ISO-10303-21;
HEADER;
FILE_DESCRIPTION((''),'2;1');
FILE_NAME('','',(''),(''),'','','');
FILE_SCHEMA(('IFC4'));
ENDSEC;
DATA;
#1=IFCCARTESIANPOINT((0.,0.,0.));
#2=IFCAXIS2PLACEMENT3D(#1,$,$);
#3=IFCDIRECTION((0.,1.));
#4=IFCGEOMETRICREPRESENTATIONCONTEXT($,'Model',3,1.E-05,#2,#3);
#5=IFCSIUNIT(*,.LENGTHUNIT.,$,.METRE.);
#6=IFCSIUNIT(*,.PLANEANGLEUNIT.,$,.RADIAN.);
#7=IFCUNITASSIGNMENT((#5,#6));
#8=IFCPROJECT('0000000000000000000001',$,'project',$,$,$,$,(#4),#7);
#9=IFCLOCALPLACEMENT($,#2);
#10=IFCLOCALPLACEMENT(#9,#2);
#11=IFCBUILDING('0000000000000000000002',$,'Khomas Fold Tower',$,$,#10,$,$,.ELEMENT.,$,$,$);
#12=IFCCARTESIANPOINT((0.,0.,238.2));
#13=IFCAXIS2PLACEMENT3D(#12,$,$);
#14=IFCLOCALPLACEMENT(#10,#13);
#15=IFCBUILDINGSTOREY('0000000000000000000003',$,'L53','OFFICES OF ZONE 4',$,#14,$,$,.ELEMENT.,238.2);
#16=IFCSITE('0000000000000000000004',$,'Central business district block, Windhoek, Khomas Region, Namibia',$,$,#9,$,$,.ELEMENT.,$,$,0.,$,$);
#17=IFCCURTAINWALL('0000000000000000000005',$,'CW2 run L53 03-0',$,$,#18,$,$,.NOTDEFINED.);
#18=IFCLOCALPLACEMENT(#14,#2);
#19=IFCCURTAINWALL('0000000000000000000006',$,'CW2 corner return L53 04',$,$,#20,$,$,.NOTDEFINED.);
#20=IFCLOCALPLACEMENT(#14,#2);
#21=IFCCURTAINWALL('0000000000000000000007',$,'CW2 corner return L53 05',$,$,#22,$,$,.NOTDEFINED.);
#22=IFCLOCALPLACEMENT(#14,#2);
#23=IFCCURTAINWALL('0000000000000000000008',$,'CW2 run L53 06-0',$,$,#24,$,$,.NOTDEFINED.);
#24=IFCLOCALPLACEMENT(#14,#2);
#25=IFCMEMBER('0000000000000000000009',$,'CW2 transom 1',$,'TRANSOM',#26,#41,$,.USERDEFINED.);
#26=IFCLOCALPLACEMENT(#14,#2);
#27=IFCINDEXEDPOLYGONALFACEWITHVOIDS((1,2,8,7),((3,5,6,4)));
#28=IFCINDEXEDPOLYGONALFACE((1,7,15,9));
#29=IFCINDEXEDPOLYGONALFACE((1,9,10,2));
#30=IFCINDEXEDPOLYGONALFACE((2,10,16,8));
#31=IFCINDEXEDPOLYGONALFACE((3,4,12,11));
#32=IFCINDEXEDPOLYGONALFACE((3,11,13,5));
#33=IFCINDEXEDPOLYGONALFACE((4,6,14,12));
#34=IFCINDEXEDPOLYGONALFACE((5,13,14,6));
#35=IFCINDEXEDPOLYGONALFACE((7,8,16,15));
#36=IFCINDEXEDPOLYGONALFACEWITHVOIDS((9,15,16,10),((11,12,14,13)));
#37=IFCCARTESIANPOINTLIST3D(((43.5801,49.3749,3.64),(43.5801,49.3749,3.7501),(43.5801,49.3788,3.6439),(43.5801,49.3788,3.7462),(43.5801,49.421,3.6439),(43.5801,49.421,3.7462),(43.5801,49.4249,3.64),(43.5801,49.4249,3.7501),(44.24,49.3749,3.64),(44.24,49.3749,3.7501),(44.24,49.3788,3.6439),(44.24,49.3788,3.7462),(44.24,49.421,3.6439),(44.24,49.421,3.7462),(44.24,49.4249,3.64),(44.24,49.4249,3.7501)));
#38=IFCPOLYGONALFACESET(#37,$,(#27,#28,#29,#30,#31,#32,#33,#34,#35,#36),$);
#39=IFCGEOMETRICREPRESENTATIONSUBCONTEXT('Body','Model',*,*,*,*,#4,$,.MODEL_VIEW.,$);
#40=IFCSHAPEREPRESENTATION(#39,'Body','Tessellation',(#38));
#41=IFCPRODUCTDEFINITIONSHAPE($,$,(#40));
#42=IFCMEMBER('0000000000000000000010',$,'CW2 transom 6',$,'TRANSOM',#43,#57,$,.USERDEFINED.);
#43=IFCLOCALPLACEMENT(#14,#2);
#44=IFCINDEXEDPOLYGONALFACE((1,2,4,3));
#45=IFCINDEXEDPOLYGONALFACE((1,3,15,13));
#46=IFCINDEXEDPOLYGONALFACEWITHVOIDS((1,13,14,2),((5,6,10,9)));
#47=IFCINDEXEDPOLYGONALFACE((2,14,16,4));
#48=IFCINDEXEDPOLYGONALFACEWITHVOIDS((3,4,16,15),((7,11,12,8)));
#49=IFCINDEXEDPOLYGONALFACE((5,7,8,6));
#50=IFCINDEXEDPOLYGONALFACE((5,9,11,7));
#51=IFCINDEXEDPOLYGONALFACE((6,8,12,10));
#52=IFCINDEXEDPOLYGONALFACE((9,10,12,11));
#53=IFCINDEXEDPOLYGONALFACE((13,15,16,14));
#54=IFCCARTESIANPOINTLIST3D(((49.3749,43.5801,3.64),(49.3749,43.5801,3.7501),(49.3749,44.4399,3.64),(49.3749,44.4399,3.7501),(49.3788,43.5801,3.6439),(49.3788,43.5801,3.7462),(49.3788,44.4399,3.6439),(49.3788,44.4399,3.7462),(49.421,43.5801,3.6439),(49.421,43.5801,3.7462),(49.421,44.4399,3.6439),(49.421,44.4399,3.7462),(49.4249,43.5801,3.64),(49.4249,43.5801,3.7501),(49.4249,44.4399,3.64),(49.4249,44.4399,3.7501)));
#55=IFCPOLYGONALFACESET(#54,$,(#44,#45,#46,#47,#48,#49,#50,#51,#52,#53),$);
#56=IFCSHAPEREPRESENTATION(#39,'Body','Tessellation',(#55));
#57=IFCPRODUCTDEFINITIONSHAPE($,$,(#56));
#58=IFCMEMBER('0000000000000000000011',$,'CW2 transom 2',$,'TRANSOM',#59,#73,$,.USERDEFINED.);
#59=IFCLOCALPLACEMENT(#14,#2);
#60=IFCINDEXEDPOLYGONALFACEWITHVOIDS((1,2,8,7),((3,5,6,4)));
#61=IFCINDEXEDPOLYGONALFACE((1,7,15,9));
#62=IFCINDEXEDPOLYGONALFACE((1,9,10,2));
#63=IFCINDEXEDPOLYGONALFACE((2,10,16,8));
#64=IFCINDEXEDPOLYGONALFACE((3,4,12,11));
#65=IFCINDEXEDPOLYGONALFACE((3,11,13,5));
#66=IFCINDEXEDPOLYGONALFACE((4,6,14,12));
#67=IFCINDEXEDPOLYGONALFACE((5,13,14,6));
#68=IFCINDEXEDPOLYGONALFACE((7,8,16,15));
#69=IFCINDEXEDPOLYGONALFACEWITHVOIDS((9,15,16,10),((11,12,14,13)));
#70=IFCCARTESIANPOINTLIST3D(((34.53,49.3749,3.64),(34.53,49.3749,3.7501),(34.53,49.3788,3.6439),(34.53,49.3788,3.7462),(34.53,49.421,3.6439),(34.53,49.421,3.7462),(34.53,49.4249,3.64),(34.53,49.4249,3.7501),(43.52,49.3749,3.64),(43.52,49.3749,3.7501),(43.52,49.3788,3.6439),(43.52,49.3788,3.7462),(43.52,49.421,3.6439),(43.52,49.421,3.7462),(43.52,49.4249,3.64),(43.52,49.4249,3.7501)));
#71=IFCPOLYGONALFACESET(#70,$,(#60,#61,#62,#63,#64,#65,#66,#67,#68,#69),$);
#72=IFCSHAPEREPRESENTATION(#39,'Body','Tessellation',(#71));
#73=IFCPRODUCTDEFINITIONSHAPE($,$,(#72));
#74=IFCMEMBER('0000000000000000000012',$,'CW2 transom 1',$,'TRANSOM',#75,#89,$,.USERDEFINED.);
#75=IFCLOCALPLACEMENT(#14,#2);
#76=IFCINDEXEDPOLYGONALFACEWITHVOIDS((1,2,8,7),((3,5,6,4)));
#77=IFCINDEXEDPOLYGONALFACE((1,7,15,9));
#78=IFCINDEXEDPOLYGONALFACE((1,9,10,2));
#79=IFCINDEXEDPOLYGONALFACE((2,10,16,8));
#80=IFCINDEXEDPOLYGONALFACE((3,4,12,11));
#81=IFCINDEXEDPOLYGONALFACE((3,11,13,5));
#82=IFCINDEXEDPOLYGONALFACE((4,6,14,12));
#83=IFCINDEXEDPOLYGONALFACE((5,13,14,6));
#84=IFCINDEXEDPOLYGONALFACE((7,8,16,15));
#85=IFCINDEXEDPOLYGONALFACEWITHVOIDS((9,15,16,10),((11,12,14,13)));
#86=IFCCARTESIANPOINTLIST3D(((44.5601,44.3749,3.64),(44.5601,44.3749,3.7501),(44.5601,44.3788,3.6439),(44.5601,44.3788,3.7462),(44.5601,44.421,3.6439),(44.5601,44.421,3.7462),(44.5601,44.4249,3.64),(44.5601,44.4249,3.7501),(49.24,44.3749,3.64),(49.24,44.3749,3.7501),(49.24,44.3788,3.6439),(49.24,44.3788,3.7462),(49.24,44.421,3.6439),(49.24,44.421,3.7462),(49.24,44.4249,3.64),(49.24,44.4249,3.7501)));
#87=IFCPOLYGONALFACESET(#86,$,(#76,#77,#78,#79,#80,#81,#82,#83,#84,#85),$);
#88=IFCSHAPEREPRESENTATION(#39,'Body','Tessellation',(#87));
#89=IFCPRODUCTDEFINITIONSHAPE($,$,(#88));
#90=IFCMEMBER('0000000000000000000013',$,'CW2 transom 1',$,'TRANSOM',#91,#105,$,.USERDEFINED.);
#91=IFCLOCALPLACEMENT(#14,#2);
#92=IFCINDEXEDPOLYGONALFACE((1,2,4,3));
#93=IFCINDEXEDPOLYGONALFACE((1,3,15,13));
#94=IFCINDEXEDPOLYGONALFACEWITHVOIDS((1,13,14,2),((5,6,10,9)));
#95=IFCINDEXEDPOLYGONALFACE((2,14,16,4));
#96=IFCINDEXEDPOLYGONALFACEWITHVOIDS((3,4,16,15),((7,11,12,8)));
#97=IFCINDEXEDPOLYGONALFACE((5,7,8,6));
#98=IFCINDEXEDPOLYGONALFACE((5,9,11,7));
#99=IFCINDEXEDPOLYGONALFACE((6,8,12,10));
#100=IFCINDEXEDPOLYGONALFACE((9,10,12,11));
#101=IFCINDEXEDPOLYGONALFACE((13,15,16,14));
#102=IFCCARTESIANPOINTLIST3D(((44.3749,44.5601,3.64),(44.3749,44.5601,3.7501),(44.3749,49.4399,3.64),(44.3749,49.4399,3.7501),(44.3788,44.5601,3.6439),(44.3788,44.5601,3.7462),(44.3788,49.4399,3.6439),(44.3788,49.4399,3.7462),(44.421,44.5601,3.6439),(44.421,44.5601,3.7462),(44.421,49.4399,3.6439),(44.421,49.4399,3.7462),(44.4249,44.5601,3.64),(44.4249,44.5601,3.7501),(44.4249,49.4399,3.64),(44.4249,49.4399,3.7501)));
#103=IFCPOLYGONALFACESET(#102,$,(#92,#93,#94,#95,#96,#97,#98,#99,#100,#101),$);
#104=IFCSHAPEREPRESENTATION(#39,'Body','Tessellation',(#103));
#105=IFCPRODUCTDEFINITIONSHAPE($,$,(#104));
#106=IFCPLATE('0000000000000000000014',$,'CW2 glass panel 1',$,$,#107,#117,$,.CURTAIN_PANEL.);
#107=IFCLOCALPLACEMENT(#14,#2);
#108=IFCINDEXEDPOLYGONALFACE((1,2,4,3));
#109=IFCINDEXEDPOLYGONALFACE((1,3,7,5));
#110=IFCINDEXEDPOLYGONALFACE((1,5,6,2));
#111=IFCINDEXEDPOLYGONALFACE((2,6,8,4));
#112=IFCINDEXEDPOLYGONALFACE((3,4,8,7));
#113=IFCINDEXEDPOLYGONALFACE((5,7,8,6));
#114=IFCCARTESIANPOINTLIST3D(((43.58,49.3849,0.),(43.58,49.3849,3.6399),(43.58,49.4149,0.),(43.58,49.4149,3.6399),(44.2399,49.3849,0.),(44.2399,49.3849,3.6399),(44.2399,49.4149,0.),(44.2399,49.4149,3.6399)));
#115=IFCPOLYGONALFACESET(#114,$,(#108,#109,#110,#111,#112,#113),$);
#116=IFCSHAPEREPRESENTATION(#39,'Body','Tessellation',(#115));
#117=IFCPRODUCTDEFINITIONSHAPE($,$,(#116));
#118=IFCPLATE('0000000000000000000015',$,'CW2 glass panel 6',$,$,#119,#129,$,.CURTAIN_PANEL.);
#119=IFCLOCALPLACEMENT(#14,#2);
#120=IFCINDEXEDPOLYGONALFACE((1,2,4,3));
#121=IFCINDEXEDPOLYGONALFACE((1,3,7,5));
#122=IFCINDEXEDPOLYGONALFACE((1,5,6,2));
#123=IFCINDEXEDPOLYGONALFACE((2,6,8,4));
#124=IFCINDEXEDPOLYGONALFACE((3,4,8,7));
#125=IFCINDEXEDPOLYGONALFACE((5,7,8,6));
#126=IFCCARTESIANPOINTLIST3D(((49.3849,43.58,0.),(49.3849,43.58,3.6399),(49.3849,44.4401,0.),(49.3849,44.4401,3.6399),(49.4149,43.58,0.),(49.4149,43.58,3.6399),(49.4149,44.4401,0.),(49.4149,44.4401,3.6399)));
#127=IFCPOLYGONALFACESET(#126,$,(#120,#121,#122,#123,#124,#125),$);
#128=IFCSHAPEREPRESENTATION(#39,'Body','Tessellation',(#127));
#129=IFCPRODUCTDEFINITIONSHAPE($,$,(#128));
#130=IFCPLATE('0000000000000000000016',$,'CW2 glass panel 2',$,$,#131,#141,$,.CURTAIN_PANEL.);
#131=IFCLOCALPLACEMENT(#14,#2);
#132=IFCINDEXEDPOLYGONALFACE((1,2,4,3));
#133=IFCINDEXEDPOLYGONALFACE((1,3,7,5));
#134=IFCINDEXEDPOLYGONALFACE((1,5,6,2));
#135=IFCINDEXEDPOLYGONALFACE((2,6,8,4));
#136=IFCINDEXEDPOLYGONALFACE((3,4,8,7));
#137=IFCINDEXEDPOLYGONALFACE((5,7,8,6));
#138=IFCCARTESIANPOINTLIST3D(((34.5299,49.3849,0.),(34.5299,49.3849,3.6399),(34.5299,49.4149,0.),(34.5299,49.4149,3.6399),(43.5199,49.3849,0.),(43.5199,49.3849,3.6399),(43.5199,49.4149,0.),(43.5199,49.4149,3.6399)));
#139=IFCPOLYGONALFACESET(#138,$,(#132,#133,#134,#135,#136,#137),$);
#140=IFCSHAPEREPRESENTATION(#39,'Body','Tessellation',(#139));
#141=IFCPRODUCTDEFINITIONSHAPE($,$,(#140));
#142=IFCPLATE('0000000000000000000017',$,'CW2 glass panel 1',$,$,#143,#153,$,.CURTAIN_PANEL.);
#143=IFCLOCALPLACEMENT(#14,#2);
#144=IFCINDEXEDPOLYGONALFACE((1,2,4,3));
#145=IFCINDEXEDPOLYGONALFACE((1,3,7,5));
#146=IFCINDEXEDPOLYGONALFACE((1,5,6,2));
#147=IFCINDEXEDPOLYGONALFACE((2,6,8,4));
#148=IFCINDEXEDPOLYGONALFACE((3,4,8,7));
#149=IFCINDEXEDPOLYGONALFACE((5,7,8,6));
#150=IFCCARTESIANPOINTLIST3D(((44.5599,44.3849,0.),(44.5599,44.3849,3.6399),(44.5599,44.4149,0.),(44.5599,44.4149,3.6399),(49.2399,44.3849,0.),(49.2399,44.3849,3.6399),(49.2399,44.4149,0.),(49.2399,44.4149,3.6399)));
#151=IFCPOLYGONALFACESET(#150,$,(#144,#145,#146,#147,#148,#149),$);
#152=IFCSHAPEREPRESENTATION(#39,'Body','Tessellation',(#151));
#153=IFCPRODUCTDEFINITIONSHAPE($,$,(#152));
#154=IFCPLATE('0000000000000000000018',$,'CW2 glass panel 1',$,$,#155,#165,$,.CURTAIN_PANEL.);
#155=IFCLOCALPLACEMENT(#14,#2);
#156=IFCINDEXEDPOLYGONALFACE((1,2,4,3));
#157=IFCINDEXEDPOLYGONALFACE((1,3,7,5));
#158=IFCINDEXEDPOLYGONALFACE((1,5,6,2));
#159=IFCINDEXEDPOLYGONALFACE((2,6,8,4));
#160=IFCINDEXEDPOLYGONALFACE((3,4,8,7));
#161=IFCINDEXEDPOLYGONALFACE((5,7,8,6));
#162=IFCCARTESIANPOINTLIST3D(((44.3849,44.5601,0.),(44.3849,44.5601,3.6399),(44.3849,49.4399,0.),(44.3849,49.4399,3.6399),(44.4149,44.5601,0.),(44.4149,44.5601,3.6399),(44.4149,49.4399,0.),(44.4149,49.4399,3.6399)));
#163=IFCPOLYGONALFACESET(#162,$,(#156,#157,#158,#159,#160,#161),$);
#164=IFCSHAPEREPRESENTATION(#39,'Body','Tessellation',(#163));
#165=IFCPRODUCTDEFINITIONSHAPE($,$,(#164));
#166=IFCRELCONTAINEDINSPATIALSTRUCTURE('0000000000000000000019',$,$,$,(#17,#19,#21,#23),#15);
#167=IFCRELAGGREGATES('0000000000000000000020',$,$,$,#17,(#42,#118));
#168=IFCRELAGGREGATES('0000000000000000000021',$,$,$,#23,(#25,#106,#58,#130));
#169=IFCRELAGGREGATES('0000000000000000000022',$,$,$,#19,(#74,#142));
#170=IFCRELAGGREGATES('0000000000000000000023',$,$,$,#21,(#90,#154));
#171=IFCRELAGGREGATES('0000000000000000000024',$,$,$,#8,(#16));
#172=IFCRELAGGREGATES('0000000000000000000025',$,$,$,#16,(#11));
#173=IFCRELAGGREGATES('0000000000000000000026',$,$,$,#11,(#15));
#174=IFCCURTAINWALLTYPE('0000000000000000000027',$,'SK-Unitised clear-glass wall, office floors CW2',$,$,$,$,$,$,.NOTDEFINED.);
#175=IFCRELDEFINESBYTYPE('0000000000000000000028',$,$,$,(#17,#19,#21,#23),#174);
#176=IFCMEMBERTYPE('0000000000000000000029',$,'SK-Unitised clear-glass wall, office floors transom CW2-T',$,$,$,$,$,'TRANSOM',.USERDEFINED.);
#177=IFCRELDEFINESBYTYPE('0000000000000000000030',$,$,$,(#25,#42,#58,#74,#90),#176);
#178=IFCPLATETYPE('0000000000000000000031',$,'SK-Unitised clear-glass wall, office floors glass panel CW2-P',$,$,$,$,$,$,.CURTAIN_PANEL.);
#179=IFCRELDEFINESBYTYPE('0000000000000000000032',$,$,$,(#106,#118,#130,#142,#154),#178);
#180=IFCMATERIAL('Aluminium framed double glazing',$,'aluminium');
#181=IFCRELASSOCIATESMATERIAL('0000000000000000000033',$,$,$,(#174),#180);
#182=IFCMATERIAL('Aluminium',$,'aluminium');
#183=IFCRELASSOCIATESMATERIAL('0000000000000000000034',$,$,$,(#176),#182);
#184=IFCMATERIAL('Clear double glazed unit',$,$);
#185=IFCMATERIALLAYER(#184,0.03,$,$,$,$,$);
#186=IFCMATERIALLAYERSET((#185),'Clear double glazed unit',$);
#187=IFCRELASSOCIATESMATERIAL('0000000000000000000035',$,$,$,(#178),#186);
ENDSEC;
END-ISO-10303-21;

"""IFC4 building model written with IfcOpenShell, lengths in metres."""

from ifc_helpers import new_model, si_unit, direction, frame, origin, origin_2d, place, context, subcontext, project, spatial, rectangle, hollow_rectangle, extrude, source, transform, mapped, material, layer, layer_set, material_profile, profile_set, type_object, element, aggregate, save


model = new_model("IFC4")

# Units and contexts
model_context = context("Model", 3, precision=1e-05, world=origin(), true_north=direction((0.0, 1.0)))
body_context = subcontext(model_context, "Body", "Model", "MODEL_VIEW")
ifc_project = project(units=[si_unit("LENGTHUNIT", "METRE"), si_unit("PLANEANGLEUNIT", "RADIAN")], contexts=[model_context])

# Site, building, storey
site_placement = place(None, origin())
site = spatial("IfcSite", under=ifc_project, at=site_placement, Name="Central business district block, Windhoek, Khomas Region, Namibia", CompositionType="ELEMENT", RefElevation=0.0)
building_placement = place(site_placement, origin())
building = spatial("IfcBuilding", under=site, at=building_placement, Name="Khomas Fold Tower", CompositionType="ELEMENT")
storey_placement = place(building_placement, frame((0.0, 0.0, 238.2)))
storey = spatial("IfcBuildingStorey", under=building, at=storey_placement, Name="L53", Description="OFFICES OF ZONE 4", CompositionType="ELEMENT", Elevation=238.2)

# Curtain wall
ifc_material_1 = material(Name="Aluminium framed double glazing", Category="aluminium")
curtain_wall_type = type_object("IfcCurtainWallType", Name="SK-Unitised clear-glass wall, office floors CW2", PredefinedType="NOTDEFINED", material=ifc_material_1)
curtain_wall_1_placement = place(storey_placement, origin())
curtain_wall_1 = element("IfcCurtainWall", 1, at=curtain_wall_1_placement, inside=storey, type_object=curtain_wall_type, Name="CW2 run L53 03-0", PredefinedType="NOTDEFINED")

# Curtain walls, member
curtain_wall_2_placement = place(storey_placement, origin())
curtain_wall_2 = element("IfcCurtainWall", 2, at=curtain_wall_2_placement, inside=storey, type_object=curtain_wall_type, Name="CW2 corner return L53 04", PredefinedType="NOTDEFINED")
curtain_wall_3_placement = place(storey_placement, origin())
curtain_wall_3 = element("IfcCurtainWall", 3, at=curtain_wall_3_placement, inside=storey, type_object=curtain_wall_type, Name="CW2 corner return L53 05", PredefinedType="NOTDEFINED")
curtain_wall_4_placement = place(storey_placement, origin())
curtain_wall_4 = element("IfcCurtainWall", 4, at=curtain_wall_4_placement, inside=storey, type_object=curtain_wall_type, Name="CW2 run L53 06-0", PredefinedType="NOTDEFINED")
ifc_material_2 = material(Name="Aluminium", Category="aluminium")
ifc_material_profile_1 = material_profile(ifc_material_2, hollow_rectangle(XDim=0.05, YDim=0.1101, WallThickness=0.0039, at=origin_2d()), Name="SK-Unitised clear-glass wall, office floors transom CW2-T")
ifc_profile_set_1 = profile_set([ifc_material_profile_1], Name="Aluminium")
member_type_1 = type_object("IfcMemberType", Name="SK-Unitised clear-glass wall, office floors transom CW2-T", ElementType="TRANSOM", PredefinedType="USERDEFINED", material=ifc_profile_set_1)
shared_shape_1 = source(origin(), body_context, "Body", "SweptSolid", [
    extrude(hollow_rectangle(XDim=0.05, YDim=0.1101, WallThickness=0.0039, at=origin_2d()), origin(), (0.0, 0.0, 1.0), 0.6599),
])
member_1_placement = place(storey_placement, frame((44.24, 49.3999, 3.6951), z_axis=(-1.0, 0.0, 0.0), x_axis=(0.0, -1.0, 0.0)))
member_1 = element("IfcMember", 5, at=member_1_placement, type_object=member_type_1, Name="CW2 transom 1", ObjectType="TRANSOM", PredefinedType="USERDEFINED", context=body_context, shape_type="MappedRepresentation", body=[
    mapped(shared_shape_1, transform((0.0, 0.0, 0.0))),
])

# Members
shared_shape_2 = source(origin(), body_context, "Body", "SweptSolid", [
    extrude(hollow_rectangle(XDim=0.05, YDim=0.1101, WallThickness=0.0039, at=origin_2d()), origin(), (0.0, 0.0, 1.0), 0.8599),
])
member_2_placement = place(storey_placement, frame((49.3999, 43.5801, 3.6951), z_axis=(0.0, 1.0, 0.0), x_axis=(-1.0, 0.0, 0.0)))
member_2 = element("IfcMember", 6, at=member_2_placement, type_object=member_type_1, Name="CW2 transom 6", ObjectType="TRANSOM", PredefinedType="USERDEFINED", context=body_context, shape_type="MappedRepresentation", body=[
    mapped(shared_shape_2, transform((0.0, 0.0, 0.0))),
])
shared_shape_3 = source(origin(), body_context, "Body", "SweptSolid", [
    extrude(hollow_rectangle(XDim=0.05, YDim=0.1101, WallThickness=0.0039, at=origin_2d()), origin(), (0.0, 0.0, 1.0), 8.99),
])
member_3_placement = place(storey_placement, frame((43.52, 49.3999, 3.6951), z_axis=(-1.0, 0.0, 0.0), x_axis=(0.0, -1.0, 0.0)))
member_3 = element("IfcMember", 7, at=member_3_placement, type_object=member_type_1, Name="CW2 transom 2", ObjectType="TRANSOM", PredefinedType="USERDEFINED", context=body_context, shape_type="MappedRepresentation", body=[
    mapped(shared_shape_3, transform((0.0, 0.0, 0.0))),
])
shared_shape_4 = source(origin(), body_context, "Body", "SweptSolid", [
    extrude(hollow_rectangle(XDim=0.05, YDim=0.1101, WallThickness=0.0039, at=origin_2d()), origin(), (0.0, 0.0, 1.0), 4.6799),
])
member_4_placement = place(storey_placement, frame((49.24, 44.3999, 3.6951), z_axis=(-1.0, 0.0, 0.0), x_axis=(0.0, -1.0, 0.0)))
member_4 = element("IfcMember", 8, at=member_4_placement, type_object=member_type_1, Name="CW2 transom 1", ObjectType="TRANSOM", PredefinedType="USERDEFINED", context=body_context, shape_type="MappedRepresentation", body=[
    mapped(shared_shape_4, transform((0.0, 0.0, 0.0))),
])
shared_shape_5 = source(origin(), body_context, "Body", "SweptSolid", [
    extrude(hollow_rectangle(XDim=0.05, YDim=0.1101, WallThickness=0.0039, at=origin_2d()), origin(), (0.0, 0.0, 1.0), 4.8799),
])
member_5_placement = place(storey_placement, frame((44.3999, 44.5601, 3.6951), z_axis=(0.0, 1.0, 0.0), x_axis=(-1.0, 0.0, 0.0)))
member_5 = element("IfcMember", 9, at=member_5_placement, type_object=member_type_1, Name="CW2 transom 1", ObjectType="TRANSOM", PredefinedType="USERDEFINED", context=body_context, shape_type="MappedRepresentation", body=[
    mapped(shared_shape_5, transform((0.0, 0.0, 0.0))),
])

# Plates
ifc_material_3 = material(Name="Clear double glazed unit")
ifc_layer = layer(ifc_material_3, 0.03)
ifc_layer_set = layer_set([ifc_layer], Name="Clear double glazed unit")
plate_type = type_object("IfcPlateType", Name="SK-Unitised clear-glass wall, office floors glass panel CW2-P", PredefinedType="CURTAIN_PANEL", material=ifc_layer_set)
shared_shape_6 = source(origin(), body_context, "Body", "SweptSolid", [
    extrude(rectangle(XDim=0.6599, YDim=0.03, at=origin_2d()), origin(), (0.0, 0.0, 1.0), 3.6399),
])
plate_1_placement = place(storey_placement, frame((43.9099, 49.3999, 0.0), z_axis=(0.0, 0.0, 1.0), x_axis=(-1.0, 0.0, 0.0)))
plate_1 = element("IfcPlate", 10, at=plate_1_placement, type_object=plate_type, Name="CW2 glass panel 1", PredefinedType="CURTAIN_PANEL", context=body_context, shape_type="MappedRepresentation", body=[
    mapped(shared_shape_6, transform((0.0, 0.0, 0.0))),
])
shared_shape_7 = source(origin(), body_context, "Body", "SweptSolid", [
    extrude(rectangle(XDim=0.8601, YDim=0.03, at=origin_2d()), origin(), (0.0, 0.0, 1.0), 3.6399),
])
plate_2_placement = place(storey_placement, frame((49.3999, 44.01, 0.0), z_axis=(0.0, 0.0, 1.0), x_axis=(0.0, 1.0, 0.0)))
plate_2 = element("IfcPlate", 11, at=plate_2_placement, type_object=plate_type, Name="CW2 glass panel 6", PredefinedType="CURTAIN_PANEL", context=body_context, shape_type="MappedRepresentation", body=[
    mapped(shared_shape_7, transform((0.0, 0.0, 0.0))),
])
aggregate(curtain_wall_1, [member_2, plate_2])
shared_shape_8 = source(origin(), body_context, "Body", "SweptSolid", [
    extrude(rectangle(XDim=8.99, YDim=0.03, at=origin_2d()), origin(), (0.0, 0.0, 1.0), 3.6399),
])
plate_3_placement = place(storey_placement, frame((39.0249, 49.3999, 0.0), z_axis=(0.0, 0.0, 1.0), x_axis=(-1.0, 0.0, 0.0)))
plate_3 = element("IfcPlate", 12, at=plate_3_placement, type_object=plate_type, Name="CW2 glass panel 2", PredefinedType="CURTAIN_PANEL", context=body_context, shape_type="MappedRepresentation", body=[
    mapped(shared_shape_8, transform((0.0, 0.0, 0.0))),
])
aggregate(curtain_wall_4, [member_1, plate_1, member_3, plate_3])
shared_shape_9 = source(origin(), body_context, "Body", "SweptSolid", [
    extrude(rectangle(XDim=4.6799, YDim=0.03, at=origin_2d()), origin(), (0.0, 0.0, 1.0), 3.6399),
])
plate_4_placement = place(storey_placement, frame((46.8999, 44.3999, 0.0), z_axis=(0.0, 0.0, 1.0), x_axis=(-1.0, 0.0, 0.0)))
plate_4 = element("IfcPlate", 13, at=plate_4_placement, type_object=plate_type, Name="CW2 glass panel 1", PredefinedType="CURTAIN_PANEL", context=body_context, shape_type="MappedRepresentation", body=[
    mapped(shared_shape_9, transform((0.0, 0.0, 0.0))),
])
aggregate(curtain_wall_2, [member_4, plate_4])
shared_shape_10 = source(origin(), body_context, "Body", "SweptSolid", [
    extrude(rectangle(XDim=4.8799, YDim=0.03, at=origin_2d()), origin(), (0.0, 0.0, 1.0), 3.6399),
])
plate_5_placement = place(storey_placement, frame((44.3999, 47.0, 0.0), z_axis=(0.0, 0.0, 1.0), x_axis=(0.0, 1.0, 0.0)))
plate_5 = element("IfcPlate", 14, at=plate_5_placement, type_object=plate_type, Name="CW2 glass panel 1", PredefinedType="CURTAIN_PANEL", context=body_context, shape_type="MappedRepresentation", body=[
    mapped(shared_shape_10, transform((0.0, 0.0, 0.0))),
])
aggregate(curtain_wall_3, [member_5, plate_5])

save(model, "model.ifc")
